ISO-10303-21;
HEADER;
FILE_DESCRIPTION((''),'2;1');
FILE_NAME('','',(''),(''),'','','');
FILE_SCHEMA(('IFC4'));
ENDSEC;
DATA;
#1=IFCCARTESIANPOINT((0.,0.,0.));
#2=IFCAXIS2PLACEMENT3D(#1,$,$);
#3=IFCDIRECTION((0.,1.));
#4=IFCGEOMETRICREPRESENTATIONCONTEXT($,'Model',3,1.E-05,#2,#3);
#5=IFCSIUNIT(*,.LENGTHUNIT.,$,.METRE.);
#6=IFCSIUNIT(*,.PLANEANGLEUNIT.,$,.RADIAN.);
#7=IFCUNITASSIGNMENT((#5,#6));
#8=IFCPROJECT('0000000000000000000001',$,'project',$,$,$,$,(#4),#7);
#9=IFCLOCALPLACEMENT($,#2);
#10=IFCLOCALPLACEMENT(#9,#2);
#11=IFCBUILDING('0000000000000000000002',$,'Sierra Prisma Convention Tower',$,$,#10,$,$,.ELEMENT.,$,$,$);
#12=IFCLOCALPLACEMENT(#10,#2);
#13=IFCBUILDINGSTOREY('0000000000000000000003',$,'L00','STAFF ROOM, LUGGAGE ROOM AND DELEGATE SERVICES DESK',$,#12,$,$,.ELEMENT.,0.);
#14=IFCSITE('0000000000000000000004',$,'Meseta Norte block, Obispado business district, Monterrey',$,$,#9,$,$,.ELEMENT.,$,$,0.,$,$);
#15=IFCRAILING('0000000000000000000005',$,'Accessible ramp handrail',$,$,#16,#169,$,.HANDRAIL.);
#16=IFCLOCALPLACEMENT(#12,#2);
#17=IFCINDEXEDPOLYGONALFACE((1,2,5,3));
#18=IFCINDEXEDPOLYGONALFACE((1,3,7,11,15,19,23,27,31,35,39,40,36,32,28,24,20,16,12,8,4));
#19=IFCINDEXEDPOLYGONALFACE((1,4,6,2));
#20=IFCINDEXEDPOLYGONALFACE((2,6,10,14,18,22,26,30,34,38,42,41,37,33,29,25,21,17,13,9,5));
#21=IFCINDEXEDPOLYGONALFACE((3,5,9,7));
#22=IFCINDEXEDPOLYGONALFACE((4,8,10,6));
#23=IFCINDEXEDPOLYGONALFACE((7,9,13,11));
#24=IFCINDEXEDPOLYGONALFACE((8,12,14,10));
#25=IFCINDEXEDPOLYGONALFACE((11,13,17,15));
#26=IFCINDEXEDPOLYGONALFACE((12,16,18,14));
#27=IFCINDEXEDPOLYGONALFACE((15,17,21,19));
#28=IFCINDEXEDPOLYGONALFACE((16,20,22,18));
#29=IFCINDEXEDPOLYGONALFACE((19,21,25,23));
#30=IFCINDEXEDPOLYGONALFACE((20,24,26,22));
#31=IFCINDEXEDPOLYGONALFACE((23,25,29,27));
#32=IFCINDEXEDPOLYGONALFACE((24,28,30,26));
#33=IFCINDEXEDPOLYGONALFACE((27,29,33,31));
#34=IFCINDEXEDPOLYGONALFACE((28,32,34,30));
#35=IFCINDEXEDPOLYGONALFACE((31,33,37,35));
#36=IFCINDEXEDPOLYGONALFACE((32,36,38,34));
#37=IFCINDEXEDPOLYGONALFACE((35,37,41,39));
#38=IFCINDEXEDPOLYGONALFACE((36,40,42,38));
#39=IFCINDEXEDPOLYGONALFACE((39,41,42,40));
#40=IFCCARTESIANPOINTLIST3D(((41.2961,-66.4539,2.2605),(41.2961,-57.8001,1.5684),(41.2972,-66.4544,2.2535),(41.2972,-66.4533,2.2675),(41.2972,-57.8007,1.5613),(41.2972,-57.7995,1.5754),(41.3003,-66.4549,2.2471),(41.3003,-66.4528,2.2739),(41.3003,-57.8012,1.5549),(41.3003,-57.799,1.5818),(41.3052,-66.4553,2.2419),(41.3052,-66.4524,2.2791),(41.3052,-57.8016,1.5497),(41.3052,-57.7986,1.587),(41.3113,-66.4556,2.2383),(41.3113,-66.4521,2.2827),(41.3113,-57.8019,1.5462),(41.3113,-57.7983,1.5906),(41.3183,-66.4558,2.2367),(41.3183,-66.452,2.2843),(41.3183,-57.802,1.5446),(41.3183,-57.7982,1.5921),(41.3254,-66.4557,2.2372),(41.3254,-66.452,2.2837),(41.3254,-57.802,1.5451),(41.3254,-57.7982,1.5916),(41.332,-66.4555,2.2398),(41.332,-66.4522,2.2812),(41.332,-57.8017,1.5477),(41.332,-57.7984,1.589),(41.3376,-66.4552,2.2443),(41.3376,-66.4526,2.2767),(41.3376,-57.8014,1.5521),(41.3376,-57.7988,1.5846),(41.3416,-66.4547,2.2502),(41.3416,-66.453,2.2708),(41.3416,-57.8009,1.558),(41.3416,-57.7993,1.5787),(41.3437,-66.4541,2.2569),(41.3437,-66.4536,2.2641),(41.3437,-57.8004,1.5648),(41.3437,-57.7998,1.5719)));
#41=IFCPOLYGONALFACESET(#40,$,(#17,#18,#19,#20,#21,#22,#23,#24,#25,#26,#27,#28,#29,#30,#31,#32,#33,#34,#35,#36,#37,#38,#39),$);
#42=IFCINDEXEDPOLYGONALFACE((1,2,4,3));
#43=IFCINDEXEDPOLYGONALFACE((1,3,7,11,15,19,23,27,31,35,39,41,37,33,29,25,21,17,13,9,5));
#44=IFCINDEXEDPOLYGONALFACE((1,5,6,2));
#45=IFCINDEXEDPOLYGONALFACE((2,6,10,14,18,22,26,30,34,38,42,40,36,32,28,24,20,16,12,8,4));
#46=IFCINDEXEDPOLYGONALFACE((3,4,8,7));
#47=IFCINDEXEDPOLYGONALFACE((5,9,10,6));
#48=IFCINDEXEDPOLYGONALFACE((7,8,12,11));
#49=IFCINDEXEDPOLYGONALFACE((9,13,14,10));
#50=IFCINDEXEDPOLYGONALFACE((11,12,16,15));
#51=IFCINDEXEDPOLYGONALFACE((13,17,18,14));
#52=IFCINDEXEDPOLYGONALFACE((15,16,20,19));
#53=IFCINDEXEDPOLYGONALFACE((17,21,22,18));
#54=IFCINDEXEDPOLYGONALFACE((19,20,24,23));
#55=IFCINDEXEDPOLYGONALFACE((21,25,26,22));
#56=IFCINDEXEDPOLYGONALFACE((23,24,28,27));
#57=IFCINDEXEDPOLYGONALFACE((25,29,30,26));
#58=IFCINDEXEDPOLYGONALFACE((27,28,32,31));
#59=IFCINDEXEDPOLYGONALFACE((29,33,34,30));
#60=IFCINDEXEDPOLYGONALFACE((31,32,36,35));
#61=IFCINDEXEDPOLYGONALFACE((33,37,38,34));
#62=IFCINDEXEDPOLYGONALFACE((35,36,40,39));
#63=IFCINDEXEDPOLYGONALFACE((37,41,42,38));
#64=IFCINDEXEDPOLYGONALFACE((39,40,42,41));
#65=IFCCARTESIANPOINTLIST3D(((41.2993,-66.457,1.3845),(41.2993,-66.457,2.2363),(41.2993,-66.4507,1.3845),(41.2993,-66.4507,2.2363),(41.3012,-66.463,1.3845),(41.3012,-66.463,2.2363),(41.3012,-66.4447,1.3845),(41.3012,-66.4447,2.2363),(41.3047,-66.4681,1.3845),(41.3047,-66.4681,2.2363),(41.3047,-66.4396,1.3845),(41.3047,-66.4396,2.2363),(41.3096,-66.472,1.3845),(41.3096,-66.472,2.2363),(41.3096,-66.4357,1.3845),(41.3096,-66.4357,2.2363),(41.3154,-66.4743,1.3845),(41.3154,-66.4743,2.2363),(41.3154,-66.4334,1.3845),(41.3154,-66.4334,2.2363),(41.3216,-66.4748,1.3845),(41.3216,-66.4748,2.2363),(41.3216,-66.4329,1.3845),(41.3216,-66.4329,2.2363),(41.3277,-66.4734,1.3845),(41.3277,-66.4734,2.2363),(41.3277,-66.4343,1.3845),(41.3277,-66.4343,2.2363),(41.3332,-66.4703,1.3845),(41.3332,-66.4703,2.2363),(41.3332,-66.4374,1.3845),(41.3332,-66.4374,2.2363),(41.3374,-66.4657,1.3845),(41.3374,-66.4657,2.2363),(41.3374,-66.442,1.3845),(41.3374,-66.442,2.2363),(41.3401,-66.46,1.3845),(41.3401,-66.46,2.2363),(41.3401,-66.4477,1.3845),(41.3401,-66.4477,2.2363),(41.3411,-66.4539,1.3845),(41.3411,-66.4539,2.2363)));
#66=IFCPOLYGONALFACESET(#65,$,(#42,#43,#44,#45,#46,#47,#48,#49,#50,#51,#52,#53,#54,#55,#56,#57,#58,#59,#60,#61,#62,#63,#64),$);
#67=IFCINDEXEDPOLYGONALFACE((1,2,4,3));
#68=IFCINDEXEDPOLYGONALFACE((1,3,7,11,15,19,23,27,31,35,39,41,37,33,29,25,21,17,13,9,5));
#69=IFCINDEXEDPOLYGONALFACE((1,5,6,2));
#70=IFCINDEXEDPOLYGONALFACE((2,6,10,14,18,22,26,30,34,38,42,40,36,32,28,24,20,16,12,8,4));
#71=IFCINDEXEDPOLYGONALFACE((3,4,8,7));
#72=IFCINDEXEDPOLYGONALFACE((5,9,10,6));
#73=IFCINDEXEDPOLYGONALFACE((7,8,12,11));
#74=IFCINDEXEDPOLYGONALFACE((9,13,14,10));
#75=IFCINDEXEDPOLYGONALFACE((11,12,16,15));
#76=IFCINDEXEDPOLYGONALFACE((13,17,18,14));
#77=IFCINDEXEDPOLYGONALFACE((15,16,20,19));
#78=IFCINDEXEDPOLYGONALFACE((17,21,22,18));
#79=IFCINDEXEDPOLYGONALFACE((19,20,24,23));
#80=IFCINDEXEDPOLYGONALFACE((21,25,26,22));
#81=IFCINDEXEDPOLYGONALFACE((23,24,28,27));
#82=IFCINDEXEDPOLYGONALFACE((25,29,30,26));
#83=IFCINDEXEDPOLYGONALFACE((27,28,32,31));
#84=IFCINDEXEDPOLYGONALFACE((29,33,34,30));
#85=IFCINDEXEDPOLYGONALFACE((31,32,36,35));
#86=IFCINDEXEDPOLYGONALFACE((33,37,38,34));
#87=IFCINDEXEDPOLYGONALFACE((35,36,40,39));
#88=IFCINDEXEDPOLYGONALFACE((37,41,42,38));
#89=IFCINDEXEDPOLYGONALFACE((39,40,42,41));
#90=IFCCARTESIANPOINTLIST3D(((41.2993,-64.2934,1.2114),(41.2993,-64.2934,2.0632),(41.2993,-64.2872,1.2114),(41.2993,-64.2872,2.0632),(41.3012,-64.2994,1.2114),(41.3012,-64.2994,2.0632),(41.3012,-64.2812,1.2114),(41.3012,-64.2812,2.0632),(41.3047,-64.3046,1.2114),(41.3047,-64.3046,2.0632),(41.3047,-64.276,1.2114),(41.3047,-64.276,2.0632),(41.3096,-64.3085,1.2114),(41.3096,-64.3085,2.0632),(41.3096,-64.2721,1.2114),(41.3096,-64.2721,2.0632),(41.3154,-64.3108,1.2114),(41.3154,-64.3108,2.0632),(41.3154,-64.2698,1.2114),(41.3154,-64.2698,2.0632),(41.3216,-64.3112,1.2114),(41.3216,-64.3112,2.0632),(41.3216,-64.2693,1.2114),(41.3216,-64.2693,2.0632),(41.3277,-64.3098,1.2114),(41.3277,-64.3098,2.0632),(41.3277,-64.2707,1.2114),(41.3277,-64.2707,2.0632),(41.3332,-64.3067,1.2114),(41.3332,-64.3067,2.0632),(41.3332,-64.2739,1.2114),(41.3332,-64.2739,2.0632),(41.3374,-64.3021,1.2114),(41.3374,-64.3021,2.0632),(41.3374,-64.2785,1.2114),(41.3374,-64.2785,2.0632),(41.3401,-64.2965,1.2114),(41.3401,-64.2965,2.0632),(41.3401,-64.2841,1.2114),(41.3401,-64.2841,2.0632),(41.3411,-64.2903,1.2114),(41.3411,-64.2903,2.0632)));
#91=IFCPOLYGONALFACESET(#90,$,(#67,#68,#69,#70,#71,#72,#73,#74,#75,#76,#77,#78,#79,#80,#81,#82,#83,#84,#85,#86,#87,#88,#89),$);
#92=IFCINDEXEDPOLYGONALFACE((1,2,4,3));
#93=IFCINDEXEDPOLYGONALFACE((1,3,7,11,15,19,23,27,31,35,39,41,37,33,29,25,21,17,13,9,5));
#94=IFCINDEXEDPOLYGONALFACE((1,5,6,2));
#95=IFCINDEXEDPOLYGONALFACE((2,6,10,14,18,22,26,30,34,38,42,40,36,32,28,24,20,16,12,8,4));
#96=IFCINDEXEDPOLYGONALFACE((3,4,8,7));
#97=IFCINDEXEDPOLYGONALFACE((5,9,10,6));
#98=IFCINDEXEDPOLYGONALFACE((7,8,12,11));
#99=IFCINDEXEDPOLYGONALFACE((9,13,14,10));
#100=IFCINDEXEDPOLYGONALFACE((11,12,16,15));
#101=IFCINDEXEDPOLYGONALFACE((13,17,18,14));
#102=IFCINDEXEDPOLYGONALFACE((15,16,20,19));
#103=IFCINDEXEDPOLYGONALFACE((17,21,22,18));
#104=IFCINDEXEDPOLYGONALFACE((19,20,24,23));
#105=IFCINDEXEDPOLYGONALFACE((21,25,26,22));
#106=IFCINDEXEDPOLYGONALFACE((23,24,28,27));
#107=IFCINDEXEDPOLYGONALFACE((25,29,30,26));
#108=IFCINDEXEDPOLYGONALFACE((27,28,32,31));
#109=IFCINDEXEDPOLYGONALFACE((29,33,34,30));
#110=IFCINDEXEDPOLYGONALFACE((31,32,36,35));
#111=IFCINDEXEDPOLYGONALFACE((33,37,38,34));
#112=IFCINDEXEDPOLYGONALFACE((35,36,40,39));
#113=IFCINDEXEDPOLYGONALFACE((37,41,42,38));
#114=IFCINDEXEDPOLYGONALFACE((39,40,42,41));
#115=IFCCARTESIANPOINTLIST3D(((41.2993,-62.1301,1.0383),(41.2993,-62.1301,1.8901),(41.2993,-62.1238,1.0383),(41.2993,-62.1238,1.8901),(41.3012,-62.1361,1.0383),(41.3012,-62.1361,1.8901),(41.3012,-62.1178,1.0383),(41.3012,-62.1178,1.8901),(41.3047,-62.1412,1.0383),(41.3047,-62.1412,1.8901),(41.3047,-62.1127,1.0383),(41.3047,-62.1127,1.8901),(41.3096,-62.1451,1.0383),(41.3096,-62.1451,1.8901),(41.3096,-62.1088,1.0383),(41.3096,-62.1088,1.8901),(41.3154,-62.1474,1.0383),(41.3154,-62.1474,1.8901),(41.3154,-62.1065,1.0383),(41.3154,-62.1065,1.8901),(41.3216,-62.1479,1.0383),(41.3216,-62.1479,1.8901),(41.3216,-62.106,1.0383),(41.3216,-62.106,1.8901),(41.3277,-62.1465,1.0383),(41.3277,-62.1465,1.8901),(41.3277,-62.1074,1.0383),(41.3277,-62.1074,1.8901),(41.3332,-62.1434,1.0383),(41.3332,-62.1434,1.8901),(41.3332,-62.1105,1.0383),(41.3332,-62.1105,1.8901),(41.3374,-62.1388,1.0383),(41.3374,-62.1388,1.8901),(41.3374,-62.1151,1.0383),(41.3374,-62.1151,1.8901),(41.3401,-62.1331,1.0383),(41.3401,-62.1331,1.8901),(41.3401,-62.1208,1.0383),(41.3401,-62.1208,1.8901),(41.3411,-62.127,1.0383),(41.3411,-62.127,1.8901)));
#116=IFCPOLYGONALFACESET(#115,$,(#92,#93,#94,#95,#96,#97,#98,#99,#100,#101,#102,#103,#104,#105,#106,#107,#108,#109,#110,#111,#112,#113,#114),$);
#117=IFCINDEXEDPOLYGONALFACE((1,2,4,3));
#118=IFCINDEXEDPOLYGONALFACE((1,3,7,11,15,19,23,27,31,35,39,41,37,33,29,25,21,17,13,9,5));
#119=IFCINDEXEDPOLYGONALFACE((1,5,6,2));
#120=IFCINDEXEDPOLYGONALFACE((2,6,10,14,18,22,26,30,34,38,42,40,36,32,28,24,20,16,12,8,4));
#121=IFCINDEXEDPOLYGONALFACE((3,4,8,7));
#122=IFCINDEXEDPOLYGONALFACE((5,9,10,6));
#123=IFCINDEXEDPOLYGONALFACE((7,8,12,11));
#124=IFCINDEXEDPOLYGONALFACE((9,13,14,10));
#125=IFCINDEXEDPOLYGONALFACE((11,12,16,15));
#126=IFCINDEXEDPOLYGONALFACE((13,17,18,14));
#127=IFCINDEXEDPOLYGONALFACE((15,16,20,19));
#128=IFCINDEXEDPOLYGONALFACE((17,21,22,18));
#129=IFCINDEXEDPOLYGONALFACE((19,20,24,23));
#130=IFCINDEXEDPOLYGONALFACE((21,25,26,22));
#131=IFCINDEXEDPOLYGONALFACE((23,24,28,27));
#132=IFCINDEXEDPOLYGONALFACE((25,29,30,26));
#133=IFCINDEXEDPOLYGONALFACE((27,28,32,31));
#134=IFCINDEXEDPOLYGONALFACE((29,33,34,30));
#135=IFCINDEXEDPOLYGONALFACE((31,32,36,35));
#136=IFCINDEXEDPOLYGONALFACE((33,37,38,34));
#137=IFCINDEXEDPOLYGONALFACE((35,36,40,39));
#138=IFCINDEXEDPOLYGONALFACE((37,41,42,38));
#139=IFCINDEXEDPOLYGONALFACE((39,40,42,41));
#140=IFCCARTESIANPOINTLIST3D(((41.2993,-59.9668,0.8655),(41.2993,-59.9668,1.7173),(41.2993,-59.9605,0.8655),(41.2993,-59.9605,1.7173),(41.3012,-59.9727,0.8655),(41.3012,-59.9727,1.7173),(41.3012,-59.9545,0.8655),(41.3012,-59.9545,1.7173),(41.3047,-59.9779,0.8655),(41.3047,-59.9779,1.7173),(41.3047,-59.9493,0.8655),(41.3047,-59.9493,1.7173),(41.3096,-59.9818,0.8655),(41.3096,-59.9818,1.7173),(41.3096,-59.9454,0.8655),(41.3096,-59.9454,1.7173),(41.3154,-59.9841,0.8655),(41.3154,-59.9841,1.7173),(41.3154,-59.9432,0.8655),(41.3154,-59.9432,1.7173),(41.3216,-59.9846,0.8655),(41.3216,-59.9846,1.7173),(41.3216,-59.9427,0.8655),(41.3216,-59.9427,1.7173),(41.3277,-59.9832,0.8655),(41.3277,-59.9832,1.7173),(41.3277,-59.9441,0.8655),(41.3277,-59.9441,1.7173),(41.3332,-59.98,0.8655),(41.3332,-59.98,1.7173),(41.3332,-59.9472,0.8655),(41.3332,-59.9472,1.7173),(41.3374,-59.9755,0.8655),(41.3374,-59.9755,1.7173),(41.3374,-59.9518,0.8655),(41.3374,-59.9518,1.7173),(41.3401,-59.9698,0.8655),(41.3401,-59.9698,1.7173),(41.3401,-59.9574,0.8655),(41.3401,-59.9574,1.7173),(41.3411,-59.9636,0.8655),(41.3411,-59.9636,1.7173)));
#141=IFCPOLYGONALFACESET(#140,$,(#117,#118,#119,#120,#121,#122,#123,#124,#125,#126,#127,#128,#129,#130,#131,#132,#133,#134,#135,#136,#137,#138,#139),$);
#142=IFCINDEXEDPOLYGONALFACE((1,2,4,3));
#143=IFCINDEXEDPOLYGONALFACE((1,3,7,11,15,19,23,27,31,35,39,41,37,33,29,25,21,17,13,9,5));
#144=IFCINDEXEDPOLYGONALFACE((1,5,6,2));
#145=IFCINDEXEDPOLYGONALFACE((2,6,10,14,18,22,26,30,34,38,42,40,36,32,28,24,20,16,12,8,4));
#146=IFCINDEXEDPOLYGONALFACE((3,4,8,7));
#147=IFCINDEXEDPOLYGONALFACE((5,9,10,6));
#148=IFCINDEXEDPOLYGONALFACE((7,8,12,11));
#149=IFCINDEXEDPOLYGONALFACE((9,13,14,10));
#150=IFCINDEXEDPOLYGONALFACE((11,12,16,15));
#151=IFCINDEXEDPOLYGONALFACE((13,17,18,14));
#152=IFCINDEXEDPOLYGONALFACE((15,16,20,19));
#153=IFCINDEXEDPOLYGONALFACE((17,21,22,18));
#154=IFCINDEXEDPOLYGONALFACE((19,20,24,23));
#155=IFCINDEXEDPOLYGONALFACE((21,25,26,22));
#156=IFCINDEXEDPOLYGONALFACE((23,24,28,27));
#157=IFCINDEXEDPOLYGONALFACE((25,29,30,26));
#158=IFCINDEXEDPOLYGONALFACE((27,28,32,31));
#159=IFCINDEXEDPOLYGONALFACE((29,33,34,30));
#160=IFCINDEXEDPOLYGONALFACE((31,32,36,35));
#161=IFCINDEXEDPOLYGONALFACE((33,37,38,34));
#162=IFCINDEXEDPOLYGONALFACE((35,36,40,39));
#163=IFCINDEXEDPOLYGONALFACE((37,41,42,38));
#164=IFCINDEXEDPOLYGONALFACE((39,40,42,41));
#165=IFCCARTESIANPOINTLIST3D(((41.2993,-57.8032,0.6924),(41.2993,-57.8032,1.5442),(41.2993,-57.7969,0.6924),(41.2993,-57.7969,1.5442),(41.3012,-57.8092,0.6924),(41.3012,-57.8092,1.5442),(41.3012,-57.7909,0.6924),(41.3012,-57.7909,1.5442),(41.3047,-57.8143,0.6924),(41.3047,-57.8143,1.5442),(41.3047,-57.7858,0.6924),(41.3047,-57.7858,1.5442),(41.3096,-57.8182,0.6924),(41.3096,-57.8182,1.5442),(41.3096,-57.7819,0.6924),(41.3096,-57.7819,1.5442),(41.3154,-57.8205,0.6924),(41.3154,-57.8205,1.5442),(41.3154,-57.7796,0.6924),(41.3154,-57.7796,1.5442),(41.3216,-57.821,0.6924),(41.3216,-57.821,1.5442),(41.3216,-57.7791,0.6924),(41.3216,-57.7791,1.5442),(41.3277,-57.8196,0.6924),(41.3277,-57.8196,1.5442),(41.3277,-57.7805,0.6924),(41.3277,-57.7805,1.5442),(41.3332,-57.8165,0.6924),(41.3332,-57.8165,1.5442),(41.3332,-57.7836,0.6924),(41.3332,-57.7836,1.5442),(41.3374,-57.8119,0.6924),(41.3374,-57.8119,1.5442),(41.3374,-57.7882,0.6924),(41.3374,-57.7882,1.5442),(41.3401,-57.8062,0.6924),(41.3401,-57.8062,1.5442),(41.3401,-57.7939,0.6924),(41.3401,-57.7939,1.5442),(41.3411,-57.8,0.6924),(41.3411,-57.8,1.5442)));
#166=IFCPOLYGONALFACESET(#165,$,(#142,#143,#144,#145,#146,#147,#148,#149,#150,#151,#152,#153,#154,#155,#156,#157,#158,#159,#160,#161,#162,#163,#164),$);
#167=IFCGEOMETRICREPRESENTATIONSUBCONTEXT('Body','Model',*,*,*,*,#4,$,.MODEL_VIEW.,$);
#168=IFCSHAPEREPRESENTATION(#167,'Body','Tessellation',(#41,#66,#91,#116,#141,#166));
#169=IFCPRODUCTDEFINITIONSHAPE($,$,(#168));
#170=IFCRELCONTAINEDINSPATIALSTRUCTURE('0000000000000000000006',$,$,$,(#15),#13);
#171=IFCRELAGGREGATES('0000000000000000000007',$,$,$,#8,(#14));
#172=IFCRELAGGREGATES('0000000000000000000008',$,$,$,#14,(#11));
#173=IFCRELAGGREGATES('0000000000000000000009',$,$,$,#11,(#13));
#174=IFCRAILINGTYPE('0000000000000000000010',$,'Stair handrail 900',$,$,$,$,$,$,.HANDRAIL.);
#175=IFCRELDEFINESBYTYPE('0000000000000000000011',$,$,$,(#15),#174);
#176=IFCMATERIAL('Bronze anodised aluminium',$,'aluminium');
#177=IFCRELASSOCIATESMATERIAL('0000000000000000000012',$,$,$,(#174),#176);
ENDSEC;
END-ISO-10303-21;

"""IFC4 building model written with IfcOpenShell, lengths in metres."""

from ifc_helpers import new_model, si_unit, direction, frame, origin, origin_2d, place, context, subcontext, project, spatial, circle, extrude, material, type_object, element, save


model = new_model("IFC4")

# Units and contexts
model_context = context("Model", 3, precision=1e-05, world=origin(), true_north=direction((0.0, 1.0)))
body_context = subcontext(model_context, "Body", "Model", "MODEL_VIEW")
ifc_project = project(units=[si_unit("LENGTHUNIT", "METRE"), si_unit("PLANEANGLEUNIT", "RADIAN")], contexts=[model_context])

# Site, building, storey
site_placement = place(None, origin())
site = spatial("IfcSite", under=ifc_project, at=site_placement, Name="Meseta Norte block, Obispado business district, Monterrey", CompositionType="ELEMENT", RefElevation=0.0)
building_placement = place(site_placement, origin())
building = spatial("IfcBuilding", under=site, at=building_placement, Name="Sierra Prisma Convention Tower", CompositionType="ELEMENT")
storey_placement = place(building_placement, origin())
storey = spatial("IfcBuildingStorey", under=building, at=storey_placement, Name="L00", Description="STAFF ROOM, LUGGAGE ROOM AND DELEGATE SERVICES DESK", CompositionType="ELEMENT", Elevation=0.0)

# Railing
ifc_material_1 = material(Name="Bronze anodised aluminium", Category="aluminium")
railing_type_1 = type_object("IfcRailingType", Name="Stair handrail 900", PredefinedType="HANDRAIL", material=ifc_material_1)
for number, where, name in (
    (1, (41.3201, -66.4539, 1.3845), "Accessible ramp handrail"),
):
    element("IfcRailing", number, at=place(storey_placement, frame(where)), inside=storey, type_object=railing_type_1, Name=name, PredefinedType="HANDRAIL", context=body_context, shape_type="SweptSolid", body=[
        extrude(circle(Radius=0.0239, at=origin_2d()), frame((0.0, 0.0, 0.876), z_axis=(0.0, 0.996817, -0.079726), x_axis=(-1.0, 0.0, 0.0)), (0.0, 0.0, 1.0), 8.6814),
        extrude(circle(Radius=0.021, at=origin_2d()), origin(), (0.0, 0.0, 1.0), 0.8518),
        extrude(circle(Radius=0.021, at=origin_2d()), frame((0.0, 2.1636, -0.1731)), (0.0, 0.0, 1.0), 0.8518),
        extrude(circle(Radius=0.021, at=origin_2d()), frame((0.0, 4.3269, -0.3462)), (0.0, 0.0, 1.0), 0.8518),
        extrude(circle(Radius=0.021, at=origin_2d()), frame((0.0, 6.4902, -0.519)), (0.0, 0.0, 1.0), 0.8518),
        extrude(circle(Radius=0.021, at=origin_2d()), frame((0.0, 8.6538, -0.6921)), (0.0, 0.0, 1.0), 0.8518),
    ])

save(model, "model.ifc")
